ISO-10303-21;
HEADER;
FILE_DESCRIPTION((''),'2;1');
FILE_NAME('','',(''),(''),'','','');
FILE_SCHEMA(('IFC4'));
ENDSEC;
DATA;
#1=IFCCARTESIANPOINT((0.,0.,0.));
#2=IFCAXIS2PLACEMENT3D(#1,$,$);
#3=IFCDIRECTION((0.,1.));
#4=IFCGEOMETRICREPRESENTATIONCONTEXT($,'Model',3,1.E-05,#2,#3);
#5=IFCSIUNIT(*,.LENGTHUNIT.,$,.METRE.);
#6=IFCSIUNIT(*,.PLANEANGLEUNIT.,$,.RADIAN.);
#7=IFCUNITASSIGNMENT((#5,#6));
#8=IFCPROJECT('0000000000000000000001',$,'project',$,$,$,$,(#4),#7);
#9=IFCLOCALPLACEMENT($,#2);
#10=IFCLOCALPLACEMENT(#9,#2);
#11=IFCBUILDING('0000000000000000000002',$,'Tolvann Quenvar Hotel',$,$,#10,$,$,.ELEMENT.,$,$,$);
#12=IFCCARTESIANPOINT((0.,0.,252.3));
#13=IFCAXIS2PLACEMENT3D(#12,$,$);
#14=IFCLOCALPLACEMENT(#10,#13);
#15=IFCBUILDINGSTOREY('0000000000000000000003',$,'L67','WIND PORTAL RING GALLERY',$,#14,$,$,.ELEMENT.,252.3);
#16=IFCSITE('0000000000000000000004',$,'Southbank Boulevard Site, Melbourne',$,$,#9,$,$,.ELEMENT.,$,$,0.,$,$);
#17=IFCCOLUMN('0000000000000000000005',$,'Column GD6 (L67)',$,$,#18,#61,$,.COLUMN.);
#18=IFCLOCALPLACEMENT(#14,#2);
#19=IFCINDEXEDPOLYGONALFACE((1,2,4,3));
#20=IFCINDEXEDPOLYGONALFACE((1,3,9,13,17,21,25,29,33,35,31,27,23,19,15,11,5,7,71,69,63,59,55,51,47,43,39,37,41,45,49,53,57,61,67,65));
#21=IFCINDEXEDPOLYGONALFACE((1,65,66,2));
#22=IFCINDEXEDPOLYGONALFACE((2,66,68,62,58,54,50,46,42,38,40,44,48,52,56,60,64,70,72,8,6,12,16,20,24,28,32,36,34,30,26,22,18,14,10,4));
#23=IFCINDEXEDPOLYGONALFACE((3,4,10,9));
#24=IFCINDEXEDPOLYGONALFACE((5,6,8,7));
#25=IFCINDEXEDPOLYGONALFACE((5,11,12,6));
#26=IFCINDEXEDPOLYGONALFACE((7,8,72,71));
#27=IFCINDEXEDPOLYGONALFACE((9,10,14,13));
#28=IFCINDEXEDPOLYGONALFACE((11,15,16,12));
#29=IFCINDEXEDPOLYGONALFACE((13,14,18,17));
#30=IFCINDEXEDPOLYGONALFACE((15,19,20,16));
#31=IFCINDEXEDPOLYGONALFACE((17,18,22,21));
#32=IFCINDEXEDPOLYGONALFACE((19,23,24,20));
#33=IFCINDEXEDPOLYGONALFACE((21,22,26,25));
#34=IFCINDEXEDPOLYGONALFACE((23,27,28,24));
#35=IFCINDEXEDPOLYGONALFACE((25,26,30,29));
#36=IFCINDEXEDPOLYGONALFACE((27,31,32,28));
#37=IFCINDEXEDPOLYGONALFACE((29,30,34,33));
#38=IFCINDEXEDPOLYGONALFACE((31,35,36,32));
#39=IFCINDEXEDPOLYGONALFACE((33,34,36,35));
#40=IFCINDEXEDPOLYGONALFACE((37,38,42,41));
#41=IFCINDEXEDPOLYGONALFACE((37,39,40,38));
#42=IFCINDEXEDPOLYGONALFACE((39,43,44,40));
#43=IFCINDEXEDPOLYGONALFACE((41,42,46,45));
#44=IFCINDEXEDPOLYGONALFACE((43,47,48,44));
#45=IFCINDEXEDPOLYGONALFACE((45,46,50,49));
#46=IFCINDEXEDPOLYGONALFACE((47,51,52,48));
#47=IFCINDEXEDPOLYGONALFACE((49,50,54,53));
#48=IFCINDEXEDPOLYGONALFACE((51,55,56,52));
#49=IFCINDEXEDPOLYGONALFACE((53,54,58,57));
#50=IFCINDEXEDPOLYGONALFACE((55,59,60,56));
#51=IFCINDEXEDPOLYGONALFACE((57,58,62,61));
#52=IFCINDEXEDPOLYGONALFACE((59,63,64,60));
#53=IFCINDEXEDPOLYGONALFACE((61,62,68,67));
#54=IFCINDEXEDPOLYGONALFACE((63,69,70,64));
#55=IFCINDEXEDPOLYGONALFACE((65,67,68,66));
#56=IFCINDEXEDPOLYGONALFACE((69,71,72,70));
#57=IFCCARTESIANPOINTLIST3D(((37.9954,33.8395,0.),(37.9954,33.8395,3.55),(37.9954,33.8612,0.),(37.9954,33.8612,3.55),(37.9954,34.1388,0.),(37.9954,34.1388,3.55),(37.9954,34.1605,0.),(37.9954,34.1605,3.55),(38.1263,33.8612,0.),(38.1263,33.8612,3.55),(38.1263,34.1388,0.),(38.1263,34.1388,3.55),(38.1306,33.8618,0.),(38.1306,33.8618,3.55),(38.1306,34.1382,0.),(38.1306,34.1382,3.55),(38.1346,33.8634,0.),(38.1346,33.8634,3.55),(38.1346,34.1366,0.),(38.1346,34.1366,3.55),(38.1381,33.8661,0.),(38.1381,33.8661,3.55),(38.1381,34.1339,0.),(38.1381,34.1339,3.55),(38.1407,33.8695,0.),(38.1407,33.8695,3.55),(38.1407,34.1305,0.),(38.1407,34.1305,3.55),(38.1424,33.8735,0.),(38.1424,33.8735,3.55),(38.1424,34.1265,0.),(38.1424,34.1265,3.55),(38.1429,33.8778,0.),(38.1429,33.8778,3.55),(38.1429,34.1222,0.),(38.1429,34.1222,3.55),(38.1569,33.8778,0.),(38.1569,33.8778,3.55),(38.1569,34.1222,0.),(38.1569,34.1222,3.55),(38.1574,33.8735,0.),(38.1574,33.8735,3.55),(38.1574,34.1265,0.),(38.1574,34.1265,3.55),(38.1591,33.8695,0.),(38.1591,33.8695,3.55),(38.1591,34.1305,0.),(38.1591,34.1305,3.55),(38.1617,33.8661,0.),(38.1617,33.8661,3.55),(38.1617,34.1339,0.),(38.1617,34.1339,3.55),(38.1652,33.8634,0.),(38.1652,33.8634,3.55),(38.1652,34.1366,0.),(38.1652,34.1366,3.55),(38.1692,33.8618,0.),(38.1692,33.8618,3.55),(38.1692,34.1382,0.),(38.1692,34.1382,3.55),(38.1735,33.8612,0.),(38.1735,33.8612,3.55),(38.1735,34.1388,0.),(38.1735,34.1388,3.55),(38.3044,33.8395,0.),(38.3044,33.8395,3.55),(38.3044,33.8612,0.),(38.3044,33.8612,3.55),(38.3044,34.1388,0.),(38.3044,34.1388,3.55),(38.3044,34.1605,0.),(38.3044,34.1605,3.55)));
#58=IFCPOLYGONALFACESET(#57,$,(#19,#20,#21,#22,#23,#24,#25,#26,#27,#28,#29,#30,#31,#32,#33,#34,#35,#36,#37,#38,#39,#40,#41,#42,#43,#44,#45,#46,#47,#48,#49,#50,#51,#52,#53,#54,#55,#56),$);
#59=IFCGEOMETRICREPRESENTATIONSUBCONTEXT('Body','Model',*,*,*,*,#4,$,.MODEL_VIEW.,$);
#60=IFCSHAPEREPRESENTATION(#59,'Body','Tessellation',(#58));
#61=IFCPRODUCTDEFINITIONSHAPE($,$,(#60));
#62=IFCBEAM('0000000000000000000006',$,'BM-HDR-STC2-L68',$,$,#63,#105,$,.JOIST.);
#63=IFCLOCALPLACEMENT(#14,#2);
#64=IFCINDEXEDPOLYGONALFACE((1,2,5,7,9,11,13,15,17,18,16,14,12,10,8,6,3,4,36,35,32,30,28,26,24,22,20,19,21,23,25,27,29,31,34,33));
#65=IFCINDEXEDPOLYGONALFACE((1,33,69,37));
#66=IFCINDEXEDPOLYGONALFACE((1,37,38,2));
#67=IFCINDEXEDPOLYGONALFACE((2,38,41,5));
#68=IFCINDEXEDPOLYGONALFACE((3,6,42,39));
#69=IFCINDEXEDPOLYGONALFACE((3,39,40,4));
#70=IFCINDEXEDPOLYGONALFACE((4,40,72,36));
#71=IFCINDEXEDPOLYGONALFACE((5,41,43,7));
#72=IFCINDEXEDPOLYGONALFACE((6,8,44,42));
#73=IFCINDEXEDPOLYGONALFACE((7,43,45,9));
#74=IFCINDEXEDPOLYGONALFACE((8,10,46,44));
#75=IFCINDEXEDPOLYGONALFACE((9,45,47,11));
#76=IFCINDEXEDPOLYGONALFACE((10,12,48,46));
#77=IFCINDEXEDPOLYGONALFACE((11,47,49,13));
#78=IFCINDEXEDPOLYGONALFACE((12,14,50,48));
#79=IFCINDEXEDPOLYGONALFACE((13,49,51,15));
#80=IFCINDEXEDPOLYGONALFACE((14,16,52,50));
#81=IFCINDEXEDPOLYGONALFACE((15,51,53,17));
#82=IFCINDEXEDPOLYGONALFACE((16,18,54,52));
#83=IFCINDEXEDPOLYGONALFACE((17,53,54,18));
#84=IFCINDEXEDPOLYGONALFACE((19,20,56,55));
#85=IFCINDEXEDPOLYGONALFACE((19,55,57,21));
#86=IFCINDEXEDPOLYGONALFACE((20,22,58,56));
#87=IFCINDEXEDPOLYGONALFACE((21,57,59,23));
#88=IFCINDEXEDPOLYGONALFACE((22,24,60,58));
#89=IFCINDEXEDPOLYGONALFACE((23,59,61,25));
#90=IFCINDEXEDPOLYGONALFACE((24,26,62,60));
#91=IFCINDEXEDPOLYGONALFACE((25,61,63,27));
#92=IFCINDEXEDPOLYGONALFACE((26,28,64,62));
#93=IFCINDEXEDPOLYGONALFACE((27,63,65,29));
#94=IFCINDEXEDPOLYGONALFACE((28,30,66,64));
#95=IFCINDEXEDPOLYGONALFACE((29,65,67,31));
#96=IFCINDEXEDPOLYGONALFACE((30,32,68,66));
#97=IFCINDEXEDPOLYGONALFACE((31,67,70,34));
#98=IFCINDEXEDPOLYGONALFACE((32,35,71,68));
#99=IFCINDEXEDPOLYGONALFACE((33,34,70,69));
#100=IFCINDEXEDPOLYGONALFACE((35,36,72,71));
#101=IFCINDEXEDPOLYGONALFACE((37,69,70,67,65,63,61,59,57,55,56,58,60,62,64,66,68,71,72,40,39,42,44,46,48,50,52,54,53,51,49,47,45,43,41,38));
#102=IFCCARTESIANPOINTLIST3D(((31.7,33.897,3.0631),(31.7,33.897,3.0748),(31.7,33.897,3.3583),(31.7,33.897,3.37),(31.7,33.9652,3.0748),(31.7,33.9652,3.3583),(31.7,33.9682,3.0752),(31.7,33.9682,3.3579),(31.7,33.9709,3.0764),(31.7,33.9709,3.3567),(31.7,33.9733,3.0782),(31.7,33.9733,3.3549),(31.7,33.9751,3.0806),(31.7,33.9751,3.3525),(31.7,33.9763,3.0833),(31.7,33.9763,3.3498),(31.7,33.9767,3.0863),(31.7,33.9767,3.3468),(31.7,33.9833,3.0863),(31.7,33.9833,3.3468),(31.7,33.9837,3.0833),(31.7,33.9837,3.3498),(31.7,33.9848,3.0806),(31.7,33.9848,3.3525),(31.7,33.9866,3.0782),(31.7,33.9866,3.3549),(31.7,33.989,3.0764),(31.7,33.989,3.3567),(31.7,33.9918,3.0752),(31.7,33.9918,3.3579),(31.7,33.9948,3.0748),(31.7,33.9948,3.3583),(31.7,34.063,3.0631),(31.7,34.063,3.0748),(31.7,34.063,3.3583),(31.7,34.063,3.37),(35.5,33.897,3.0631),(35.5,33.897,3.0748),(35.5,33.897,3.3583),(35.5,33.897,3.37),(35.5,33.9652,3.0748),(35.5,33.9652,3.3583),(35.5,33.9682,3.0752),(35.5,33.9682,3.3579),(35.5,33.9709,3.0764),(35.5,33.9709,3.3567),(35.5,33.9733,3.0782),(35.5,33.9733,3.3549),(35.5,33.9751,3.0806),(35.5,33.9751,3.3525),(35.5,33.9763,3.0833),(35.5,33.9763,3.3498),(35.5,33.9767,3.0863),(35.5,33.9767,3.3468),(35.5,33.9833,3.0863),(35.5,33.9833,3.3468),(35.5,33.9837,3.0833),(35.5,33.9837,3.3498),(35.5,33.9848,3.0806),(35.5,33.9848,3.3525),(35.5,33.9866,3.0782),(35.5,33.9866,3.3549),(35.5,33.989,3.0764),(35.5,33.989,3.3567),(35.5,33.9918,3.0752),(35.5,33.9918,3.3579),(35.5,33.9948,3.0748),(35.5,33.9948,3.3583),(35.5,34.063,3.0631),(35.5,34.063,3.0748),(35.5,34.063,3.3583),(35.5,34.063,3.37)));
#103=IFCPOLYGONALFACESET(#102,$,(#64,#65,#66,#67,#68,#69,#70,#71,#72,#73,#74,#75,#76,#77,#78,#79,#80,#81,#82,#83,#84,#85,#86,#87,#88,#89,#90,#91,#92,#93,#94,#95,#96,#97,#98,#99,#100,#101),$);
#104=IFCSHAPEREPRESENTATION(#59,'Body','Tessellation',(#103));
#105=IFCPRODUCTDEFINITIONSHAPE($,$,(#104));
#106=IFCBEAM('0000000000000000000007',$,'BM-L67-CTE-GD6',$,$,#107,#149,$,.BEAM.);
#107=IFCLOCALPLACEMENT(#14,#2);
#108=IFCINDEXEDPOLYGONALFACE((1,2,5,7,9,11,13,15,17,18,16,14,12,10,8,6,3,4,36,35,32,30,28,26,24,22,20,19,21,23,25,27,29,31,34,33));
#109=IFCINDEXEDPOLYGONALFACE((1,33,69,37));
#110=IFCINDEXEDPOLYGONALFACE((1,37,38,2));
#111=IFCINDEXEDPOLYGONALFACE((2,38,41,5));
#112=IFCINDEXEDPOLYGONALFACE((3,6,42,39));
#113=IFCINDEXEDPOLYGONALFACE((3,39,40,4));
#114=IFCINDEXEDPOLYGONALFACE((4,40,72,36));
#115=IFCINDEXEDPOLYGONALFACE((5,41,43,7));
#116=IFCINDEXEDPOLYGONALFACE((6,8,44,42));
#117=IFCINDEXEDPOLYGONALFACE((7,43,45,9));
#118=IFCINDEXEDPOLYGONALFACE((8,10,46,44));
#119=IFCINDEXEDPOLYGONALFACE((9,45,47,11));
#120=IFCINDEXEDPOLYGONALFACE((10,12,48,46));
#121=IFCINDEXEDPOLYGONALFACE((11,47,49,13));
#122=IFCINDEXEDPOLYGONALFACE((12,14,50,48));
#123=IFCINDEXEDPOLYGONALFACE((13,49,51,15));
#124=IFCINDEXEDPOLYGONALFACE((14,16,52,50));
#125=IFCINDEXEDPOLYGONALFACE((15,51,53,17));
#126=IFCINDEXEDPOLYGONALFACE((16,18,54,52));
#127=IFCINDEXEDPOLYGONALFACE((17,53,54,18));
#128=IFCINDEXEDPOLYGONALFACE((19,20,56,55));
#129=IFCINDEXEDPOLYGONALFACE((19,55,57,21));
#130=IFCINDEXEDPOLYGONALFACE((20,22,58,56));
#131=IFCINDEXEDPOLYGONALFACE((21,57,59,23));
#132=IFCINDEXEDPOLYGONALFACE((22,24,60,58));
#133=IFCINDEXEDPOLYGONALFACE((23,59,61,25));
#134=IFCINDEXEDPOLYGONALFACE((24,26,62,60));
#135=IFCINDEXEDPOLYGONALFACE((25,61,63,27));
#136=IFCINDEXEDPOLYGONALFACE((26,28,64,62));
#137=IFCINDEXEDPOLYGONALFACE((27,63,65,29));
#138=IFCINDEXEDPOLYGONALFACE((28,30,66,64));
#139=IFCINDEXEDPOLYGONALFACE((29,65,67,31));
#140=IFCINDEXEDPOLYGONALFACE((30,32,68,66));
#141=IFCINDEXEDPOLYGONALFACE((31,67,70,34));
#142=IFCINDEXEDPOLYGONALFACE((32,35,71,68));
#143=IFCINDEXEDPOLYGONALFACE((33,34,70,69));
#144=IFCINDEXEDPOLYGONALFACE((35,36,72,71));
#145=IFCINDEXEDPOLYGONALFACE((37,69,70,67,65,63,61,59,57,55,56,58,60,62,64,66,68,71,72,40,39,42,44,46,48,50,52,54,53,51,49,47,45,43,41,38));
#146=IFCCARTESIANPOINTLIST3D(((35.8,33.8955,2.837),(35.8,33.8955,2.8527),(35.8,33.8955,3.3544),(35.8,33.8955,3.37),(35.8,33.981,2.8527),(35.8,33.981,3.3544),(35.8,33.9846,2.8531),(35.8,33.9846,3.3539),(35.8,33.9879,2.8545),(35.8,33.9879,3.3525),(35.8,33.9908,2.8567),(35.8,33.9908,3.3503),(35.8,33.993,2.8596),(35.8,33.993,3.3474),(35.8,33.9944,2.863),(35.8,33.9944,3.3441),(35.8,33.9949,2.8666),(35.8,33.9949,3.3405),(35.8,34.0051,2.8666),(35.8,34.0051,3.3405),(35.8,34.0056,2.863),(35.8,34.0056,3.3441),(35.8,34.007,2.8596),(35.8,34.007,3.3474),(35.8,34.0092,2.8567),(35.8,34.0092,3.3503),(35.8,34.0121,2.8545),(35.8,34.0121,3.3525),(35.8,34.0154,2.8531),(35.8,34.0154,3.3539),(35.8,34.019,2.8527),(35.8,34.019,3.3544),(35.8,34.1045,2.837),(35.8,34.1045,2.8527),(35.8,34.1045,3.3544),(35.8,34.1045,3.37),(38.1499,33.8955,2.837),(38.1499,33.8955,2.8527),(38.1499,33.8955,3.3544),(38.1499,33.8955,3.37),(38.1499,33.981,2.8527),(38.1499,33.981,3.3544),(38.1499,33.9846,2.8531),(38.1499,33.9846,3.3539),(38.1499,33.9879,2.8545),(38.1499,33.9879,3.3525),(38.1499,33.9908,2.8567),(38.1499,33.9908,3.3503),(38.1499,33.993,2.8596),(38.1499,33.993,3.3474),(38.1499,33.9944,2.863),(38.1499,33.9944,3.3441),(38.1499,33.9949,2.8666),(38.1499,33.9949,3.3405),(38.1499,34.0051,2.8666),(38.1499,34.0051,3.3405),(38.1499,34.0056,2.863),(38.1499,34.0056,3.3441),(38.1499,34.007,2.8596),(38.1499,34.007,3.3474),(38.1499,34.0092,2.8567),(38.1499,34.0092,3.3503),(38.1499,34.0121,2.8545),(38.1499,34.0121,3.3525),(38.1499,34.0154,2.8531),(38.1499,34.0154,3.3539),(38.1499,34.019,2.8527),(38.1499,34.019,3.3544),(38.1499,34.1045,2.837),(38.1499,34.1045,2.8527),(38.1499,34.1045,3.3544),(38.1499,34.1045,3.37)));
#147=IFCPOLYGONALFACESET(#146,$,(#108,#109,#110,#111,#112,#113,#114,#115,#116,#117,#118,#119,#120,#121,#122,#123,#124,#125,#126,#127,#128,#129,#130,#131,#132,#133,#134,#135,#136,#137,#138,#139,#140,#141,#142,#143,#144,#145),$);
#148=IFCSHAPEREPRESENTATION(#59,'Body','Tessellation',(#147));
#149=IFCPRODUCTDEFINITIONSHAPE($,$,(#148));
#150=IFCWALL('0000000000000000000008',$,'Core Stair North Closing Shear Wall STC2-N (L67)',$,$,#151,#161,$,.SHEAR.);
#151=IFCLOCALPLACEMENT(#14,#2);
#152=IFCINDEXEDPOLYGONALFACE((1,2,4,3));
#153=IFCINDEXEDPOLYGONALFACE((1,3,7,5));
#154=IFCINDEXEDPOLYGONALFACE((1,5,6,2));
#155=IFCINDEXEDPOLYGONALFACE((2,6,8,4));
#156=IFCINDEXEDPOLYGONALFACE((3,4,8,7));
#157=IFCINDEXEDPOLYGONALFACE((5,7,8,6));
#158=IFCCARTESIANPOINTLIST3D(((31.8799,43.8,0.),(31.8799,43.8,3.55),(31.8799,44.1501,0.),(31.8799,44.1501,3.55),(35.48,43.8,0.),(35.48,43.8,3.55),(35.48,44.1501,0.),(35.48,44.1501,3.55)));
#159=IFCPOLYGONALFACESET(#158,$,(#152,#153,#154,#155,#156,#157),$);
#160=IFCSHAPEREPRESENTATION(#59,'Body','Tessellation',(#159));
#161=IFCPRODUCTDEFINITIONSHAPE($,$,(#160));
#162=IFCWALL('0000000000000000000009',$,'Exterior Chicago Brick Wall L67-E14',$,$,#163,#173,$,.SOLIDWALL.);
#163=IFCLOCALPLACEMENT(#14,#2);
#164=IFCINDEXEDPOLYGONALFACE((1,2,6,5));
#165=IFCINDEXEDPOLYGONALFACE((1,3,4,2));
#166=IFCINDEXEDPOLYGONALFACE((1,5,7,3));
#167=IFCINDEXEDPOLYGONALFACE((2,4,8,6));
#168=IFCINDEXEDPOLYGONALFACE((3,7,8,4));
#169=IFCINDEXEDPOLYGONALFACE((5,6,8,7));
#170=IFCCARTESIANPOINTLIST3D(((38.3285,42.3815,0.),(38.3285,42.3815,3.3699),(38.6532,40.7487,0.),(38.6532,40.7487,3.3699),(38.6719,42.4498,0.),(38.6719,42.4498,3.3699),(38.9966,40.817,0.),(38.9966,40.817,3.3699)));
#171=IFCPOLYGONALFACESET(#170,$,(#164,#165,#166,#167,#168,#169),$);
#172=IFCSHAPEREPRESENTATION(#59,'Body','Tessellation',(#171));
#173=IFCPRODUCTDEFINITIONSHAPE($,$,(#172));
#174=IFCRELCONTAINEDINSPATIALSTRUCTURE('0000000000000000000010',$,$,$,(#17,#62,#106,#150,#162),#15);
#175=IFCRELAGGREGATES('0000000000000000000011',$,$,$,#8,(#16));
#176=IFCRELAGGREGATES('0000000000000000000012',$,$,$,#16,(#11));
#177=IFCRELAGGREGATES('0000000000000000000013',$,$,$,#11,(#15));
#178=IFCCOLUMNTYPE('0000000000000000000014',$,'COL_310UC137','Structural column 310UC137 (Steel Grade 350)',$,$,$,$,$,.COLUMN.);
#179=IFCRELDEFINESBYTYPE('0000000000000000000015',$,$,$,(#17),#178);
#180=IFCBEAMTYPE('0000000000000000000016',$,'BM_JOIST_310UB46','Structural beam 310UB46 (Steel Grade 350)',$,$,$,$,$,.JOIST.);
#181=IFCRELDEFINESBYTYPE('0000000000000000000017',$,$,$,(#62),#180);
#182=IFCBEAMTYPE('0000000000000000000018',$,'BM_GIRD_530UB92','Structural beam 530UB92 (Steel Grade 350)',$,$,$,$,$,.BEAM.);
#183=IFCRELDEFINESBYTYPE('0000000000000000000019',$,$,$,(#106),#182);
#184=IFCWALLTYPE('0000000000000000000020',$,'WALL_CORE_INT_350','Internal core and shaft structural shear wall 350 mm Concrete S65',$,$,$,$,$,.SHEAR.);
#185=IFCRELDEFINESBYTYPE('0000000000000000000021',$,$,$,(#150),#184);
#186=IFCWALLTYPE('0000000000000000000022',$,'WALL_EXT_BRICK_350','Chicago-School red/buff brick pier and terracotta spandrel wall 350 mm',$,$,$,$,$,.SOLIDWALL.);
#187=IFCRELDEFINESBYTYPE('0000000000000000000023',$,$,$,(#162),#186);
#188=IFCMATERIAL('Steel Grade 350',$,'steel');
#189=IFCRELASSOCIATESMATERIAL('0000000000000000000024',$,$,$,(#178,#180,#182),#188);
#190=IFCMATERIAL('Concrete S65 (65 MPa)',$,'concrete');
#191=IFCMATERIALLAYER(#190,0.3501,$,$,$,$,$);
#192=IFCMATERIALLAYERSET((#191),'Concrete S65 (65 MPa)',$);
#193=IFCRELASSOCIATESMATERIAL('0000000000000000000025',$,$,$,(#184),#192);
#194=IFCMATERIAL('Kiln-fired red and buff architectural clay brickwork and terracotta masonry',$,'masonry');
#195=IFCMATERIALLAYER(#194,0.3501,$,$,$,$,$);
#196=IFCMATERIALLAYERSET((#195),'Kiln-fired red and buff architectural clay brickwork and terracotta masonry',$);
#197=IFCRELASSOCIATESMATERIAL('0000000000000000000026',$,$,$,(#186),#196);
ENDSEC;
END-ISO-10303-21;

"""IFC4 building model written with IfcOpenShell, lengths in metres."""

from ifc_helpers import new_model, si_unit, direction, frame, frame_2d, origin, origin_2d, place, context, subcontext, project, spatial, rectangle, i_section, extrude, source, transform, mapped, material, layer, layer_set, material_profile, profile_set, type_object, type_shapes, element, save


model = new_model("IFC4")

# Units and contexts
model_context = context("Model", 3, precision=1e-05, world=origin(), true_north=direction((0.0, 1.0)))
body_context = subcontext(model_context, "Body", "Model", "MODEL_VIEW")
ifc_project = project(units=[si_unit("LENGTHUNIT", "METRE"), si_unit("PLANEANGLEUNIT", "RADIAN")], contexts=[model_context])

# Site, building, storey
site_placement = place(None, origin())
site = spatial("IfcSite", under=ifc_project, at=site_placement, Name="Southbank Boulevard Site, Melbourne", CompositionType="ELEMENT", RefElevation=0.0)
building_placement = place(site_placement, origin())
building = spatial("IfcBuilding", under=site, at=building_placement, Name="Tolvann Quenvar Hotel", CompositionType="ELEMENT")
storey_placement = place(building_placement, frame((0.0, 0.0, 252.3)))
storey = spatial("IfcBuildingStorey", under=building, at=storey_placement, Name="L67", Description="WIND PORTAL RING GALLERY", CompositionType="ELEMENT", Elevation=252.3)

# Column
ifc_material_1 = material(Name="Steel Grade 350", Category="steel")
ifc_material_profile_1 = material_profile(ifc_material_1, i_section(OverallWidth=0.3091, OverallDepth=0.321, WebThickness=0.0139, FlangeThickness=0.0217, FilletRadius=0.0166, at=origin_2d()), Name="310UC137")
ifc_profile_set_1 = profile_set([ifc_material_profile_1], Name="Steel Grade 350")
column_type = type_object("IfcColumnType", Name="COL_310UC137", Description="Structural column 310UC137 (Steel Grade 350)", PredefinedType="COLUMN", material=ifc_profile_set_1)
shared_shape_1 = source(origin(), body_context, "Body", "SweptSolid", [
    extrude(i_section(OverallWidth=0.3091, OverallDepth=0.321, WebThickness=0.0139, FlangeThickness=0.0217, FilletRadius=0.0166, at=origin_2d()), origin(), (0.0, 0.0, 1.0), 3.55),
])
type_shapes(column_type, [shared_shape_1])
column_placement = place(storey_placement, frame((38.1499, 34.0, 0.0), z_axis=(0.0, 0.0, 1.0), x_axis=(1.0, 0.0, 0.0)))
element("IfcColumn", 1, at=column_placement, inside=storey, type_object=column_type, Name="Column GD6 (L67)", PredefinedType="COLUMN", context=body_context, shape_type="MappedRepresentation", body=[
    mapped(shared_shape_1, transform((0.0, 0.0, 0.0), x_axis=(1.0, 0.0, 0.0), y_axis=(0.0, 1.0, 0.0), z_axis=(0.0, 0.0, 1.0), scale=1.0)),
])

# Beams
ifc_material_profile_2 = material_profile(ifc_material_1, i_section(OverallWidth=0.166, OverallDepth=0.3069, WebThickness=0.0066, FlangeThickness=0.0117, FilletRadius=0.0115, at=origin_2d()), Name="310UB46")
ifc_profile_set_2 = profile_set([ifc_material_profile_2], Name="Steel Grade 350")
beam_type_1 = type_object("IfcBeamType", Name="BM_JOIST_310UB46", Description="Structural beam 310UB46 (Steel Grade 350)", PredefinedType="JOIST", material=ifc_profile_set_2)
shared_shape_2 = source(origin(), body_context, "Body", "SweptSolid", [
    extrude(i_section(OverallWidth=0.166, OverallDepth=0.3069, WebThickness=0.0066, FlangeThickness=0.0117, FilletRadius=0.0115, at=origin_2d()), origin(), (0.0, 0.0, 1.0), 3.8),
])
type_shapes(beam_type_1, [shared_shape_2])
beam_1_placement = place(storey_placement, frame((31.7, 33.98, 3.2166), z_axis=(1.0, 0.0, 0.0), x_axis=(0.0, 1.0, 0.0)))
element("IfcBeam", 2, at=beam_1_placement, inside=storey, type_object=beam_type_1, Name="BM-HDR-STC2-L68", PredefinedType="JOIST", context=body_context, shape_type="MappedRepresentation", body=[
    mapped(shared_shape_2, transform((0.0, 0.0, 0.0), x_axis=(1.0, 0.0, 0.0), y_axis=(0.0, 1.0, 0.0), z_axis=(0.0, 0.0, 1.0), scale=1.0)),
])
ifc_material_profile_3 = material_profile(ifc_material_1, i_section(OverallWidth=0.209, OverallDepth=0.533, WebThickness=0.0103, FlangeThickness=0.0156, FilletRadius=0.0139, at=origin_2d()), Name="530UB92")
ifc_profile_set_3 = profile_set([ifc_material_profile_3], Name="Steel Grade 350")
beam_type_2 = type_object("IfcBeamType", Name="BM_GIRD_530UB92", Description="Structural beam 530UB92 (Steel Grade 350)", PredefinedType="BEAM", material=ifc_profile_set_3)
shared_shape_3 = source(origin(), body_context, "Body", "SweptSolid", [
    extrude(i_section(OverallWidth=0.209, OverallDepth=0.533, WebThickness=0.0103, FlangeThickness=0.0156, FilletRadius=0.0139, at=origin_2d()), origin(), (0.0, 0.0, 1.0), 2.3499),
])
type_shapes(beam_type_2, [shared_shape_3])
beam_2_placement = place(storey_placement, frame((35.8, 34.0, 3.1035), z_axis=(1.0, 0.0, 0.0), x_axis=(0.0, 1.0, 0.0)))
element("IfcBeam", 3, at=beam_2_placement, inside=storey, type_object=beam_type_2, Name="BM-L67-CTE-GD6", PredefinedType="BEAM", context=body_context, shape_type="MappedRepresentation", body=[
    mapped(shared_shape_3, transform((0.0, 0.0, 0.0), x_axis=(1.0, 0.0, 0.0), y_axis=(0.0, 1.0, 0.0), z_axis=(0.0, 0.0, 1.0), scale=1.0)),
])

# Walls
ifc_material_2 = material(Name="Concrete S65 (65 MPa)", Category="concrete")
ifc_layer_1 = layer(ifc_material_2, 0.3501)
ifc_layer_set_1 = layer_set([ifc_layer_1], Name="Concrete S65 (65 MPa)")
wall_type_1 = type_object("IfcWallType", Name="WALL_CORE_INT_350", Description="Internal core and shaft structural shear wall 350 mm Concrete S65", PredefinedType="SHEAR", material=ifc_layer_set_1)
wall_1_placement = place(storey_placement, frame((31.8799, 43.9751, 0.0), z_axis=(0.0, 0.0, 1.0), x_axis=(1.0, 0.0, 0.0)))
element("IfcWall", 4, at=wall_1_placement, inside=storey, type_object=wall_type_1, Name="Core Stair North Closing Shear Wall STC2-N (L67)", PredefinedType="SHEAR", context=body_context, shape_type="SweptSolid", body=[
    extrude(rectangle(XDim=3.6001, YDim=0.3501, at=frame_2d((1.8, 0.0))), origin(), (0.0, 0.0, 1.0), 3.55),
])
ifc_material_3 = material(Name="Kiln-fired red and buff architectural clay brickwork and terracotta masonry", Category="masonry")
ifc_layer_2 = layer(ifc_material_3, 0.3501)
ifc_layer_set_2 = layer_set([ifc_layer_2], Name="Kiln-fired red and buff architectural clay brickwork and terracotta masonry")
wall_type_2 = type_object("IfcWallType", Name="WALL_EXT_BRICK_350", Description="Chicago-School red/buff brick pier and terracotta spandrel wall 350 mm", PredefinedType="SOLIDWALL", material=ifc_layer_set_2)
wall_2_placement = place(storey_placement, frame((38.825, 40.7827, 0.0), z_axis=(0.0, 0.0, 1.0), x_axis=(-0.195044, 0.980794, 0.0)))
element("IfcWall", 5, at=wall_2_placement, inside=storey, type_object=wall_type_2, Name="Exterior Chicago Brick Wall L67-E14", PredefinedType="SOLIDWALL", context=body_context, shape_type="SweptSolid", body=[
    extrude(rectangle(XDim=1.6648, YDim=0.3501, at=frame_2d((0.8325, 0.0))), origin(), (0.0, 0.0, 1.0), 3.3699),
])

save(model, "model.ifc")
